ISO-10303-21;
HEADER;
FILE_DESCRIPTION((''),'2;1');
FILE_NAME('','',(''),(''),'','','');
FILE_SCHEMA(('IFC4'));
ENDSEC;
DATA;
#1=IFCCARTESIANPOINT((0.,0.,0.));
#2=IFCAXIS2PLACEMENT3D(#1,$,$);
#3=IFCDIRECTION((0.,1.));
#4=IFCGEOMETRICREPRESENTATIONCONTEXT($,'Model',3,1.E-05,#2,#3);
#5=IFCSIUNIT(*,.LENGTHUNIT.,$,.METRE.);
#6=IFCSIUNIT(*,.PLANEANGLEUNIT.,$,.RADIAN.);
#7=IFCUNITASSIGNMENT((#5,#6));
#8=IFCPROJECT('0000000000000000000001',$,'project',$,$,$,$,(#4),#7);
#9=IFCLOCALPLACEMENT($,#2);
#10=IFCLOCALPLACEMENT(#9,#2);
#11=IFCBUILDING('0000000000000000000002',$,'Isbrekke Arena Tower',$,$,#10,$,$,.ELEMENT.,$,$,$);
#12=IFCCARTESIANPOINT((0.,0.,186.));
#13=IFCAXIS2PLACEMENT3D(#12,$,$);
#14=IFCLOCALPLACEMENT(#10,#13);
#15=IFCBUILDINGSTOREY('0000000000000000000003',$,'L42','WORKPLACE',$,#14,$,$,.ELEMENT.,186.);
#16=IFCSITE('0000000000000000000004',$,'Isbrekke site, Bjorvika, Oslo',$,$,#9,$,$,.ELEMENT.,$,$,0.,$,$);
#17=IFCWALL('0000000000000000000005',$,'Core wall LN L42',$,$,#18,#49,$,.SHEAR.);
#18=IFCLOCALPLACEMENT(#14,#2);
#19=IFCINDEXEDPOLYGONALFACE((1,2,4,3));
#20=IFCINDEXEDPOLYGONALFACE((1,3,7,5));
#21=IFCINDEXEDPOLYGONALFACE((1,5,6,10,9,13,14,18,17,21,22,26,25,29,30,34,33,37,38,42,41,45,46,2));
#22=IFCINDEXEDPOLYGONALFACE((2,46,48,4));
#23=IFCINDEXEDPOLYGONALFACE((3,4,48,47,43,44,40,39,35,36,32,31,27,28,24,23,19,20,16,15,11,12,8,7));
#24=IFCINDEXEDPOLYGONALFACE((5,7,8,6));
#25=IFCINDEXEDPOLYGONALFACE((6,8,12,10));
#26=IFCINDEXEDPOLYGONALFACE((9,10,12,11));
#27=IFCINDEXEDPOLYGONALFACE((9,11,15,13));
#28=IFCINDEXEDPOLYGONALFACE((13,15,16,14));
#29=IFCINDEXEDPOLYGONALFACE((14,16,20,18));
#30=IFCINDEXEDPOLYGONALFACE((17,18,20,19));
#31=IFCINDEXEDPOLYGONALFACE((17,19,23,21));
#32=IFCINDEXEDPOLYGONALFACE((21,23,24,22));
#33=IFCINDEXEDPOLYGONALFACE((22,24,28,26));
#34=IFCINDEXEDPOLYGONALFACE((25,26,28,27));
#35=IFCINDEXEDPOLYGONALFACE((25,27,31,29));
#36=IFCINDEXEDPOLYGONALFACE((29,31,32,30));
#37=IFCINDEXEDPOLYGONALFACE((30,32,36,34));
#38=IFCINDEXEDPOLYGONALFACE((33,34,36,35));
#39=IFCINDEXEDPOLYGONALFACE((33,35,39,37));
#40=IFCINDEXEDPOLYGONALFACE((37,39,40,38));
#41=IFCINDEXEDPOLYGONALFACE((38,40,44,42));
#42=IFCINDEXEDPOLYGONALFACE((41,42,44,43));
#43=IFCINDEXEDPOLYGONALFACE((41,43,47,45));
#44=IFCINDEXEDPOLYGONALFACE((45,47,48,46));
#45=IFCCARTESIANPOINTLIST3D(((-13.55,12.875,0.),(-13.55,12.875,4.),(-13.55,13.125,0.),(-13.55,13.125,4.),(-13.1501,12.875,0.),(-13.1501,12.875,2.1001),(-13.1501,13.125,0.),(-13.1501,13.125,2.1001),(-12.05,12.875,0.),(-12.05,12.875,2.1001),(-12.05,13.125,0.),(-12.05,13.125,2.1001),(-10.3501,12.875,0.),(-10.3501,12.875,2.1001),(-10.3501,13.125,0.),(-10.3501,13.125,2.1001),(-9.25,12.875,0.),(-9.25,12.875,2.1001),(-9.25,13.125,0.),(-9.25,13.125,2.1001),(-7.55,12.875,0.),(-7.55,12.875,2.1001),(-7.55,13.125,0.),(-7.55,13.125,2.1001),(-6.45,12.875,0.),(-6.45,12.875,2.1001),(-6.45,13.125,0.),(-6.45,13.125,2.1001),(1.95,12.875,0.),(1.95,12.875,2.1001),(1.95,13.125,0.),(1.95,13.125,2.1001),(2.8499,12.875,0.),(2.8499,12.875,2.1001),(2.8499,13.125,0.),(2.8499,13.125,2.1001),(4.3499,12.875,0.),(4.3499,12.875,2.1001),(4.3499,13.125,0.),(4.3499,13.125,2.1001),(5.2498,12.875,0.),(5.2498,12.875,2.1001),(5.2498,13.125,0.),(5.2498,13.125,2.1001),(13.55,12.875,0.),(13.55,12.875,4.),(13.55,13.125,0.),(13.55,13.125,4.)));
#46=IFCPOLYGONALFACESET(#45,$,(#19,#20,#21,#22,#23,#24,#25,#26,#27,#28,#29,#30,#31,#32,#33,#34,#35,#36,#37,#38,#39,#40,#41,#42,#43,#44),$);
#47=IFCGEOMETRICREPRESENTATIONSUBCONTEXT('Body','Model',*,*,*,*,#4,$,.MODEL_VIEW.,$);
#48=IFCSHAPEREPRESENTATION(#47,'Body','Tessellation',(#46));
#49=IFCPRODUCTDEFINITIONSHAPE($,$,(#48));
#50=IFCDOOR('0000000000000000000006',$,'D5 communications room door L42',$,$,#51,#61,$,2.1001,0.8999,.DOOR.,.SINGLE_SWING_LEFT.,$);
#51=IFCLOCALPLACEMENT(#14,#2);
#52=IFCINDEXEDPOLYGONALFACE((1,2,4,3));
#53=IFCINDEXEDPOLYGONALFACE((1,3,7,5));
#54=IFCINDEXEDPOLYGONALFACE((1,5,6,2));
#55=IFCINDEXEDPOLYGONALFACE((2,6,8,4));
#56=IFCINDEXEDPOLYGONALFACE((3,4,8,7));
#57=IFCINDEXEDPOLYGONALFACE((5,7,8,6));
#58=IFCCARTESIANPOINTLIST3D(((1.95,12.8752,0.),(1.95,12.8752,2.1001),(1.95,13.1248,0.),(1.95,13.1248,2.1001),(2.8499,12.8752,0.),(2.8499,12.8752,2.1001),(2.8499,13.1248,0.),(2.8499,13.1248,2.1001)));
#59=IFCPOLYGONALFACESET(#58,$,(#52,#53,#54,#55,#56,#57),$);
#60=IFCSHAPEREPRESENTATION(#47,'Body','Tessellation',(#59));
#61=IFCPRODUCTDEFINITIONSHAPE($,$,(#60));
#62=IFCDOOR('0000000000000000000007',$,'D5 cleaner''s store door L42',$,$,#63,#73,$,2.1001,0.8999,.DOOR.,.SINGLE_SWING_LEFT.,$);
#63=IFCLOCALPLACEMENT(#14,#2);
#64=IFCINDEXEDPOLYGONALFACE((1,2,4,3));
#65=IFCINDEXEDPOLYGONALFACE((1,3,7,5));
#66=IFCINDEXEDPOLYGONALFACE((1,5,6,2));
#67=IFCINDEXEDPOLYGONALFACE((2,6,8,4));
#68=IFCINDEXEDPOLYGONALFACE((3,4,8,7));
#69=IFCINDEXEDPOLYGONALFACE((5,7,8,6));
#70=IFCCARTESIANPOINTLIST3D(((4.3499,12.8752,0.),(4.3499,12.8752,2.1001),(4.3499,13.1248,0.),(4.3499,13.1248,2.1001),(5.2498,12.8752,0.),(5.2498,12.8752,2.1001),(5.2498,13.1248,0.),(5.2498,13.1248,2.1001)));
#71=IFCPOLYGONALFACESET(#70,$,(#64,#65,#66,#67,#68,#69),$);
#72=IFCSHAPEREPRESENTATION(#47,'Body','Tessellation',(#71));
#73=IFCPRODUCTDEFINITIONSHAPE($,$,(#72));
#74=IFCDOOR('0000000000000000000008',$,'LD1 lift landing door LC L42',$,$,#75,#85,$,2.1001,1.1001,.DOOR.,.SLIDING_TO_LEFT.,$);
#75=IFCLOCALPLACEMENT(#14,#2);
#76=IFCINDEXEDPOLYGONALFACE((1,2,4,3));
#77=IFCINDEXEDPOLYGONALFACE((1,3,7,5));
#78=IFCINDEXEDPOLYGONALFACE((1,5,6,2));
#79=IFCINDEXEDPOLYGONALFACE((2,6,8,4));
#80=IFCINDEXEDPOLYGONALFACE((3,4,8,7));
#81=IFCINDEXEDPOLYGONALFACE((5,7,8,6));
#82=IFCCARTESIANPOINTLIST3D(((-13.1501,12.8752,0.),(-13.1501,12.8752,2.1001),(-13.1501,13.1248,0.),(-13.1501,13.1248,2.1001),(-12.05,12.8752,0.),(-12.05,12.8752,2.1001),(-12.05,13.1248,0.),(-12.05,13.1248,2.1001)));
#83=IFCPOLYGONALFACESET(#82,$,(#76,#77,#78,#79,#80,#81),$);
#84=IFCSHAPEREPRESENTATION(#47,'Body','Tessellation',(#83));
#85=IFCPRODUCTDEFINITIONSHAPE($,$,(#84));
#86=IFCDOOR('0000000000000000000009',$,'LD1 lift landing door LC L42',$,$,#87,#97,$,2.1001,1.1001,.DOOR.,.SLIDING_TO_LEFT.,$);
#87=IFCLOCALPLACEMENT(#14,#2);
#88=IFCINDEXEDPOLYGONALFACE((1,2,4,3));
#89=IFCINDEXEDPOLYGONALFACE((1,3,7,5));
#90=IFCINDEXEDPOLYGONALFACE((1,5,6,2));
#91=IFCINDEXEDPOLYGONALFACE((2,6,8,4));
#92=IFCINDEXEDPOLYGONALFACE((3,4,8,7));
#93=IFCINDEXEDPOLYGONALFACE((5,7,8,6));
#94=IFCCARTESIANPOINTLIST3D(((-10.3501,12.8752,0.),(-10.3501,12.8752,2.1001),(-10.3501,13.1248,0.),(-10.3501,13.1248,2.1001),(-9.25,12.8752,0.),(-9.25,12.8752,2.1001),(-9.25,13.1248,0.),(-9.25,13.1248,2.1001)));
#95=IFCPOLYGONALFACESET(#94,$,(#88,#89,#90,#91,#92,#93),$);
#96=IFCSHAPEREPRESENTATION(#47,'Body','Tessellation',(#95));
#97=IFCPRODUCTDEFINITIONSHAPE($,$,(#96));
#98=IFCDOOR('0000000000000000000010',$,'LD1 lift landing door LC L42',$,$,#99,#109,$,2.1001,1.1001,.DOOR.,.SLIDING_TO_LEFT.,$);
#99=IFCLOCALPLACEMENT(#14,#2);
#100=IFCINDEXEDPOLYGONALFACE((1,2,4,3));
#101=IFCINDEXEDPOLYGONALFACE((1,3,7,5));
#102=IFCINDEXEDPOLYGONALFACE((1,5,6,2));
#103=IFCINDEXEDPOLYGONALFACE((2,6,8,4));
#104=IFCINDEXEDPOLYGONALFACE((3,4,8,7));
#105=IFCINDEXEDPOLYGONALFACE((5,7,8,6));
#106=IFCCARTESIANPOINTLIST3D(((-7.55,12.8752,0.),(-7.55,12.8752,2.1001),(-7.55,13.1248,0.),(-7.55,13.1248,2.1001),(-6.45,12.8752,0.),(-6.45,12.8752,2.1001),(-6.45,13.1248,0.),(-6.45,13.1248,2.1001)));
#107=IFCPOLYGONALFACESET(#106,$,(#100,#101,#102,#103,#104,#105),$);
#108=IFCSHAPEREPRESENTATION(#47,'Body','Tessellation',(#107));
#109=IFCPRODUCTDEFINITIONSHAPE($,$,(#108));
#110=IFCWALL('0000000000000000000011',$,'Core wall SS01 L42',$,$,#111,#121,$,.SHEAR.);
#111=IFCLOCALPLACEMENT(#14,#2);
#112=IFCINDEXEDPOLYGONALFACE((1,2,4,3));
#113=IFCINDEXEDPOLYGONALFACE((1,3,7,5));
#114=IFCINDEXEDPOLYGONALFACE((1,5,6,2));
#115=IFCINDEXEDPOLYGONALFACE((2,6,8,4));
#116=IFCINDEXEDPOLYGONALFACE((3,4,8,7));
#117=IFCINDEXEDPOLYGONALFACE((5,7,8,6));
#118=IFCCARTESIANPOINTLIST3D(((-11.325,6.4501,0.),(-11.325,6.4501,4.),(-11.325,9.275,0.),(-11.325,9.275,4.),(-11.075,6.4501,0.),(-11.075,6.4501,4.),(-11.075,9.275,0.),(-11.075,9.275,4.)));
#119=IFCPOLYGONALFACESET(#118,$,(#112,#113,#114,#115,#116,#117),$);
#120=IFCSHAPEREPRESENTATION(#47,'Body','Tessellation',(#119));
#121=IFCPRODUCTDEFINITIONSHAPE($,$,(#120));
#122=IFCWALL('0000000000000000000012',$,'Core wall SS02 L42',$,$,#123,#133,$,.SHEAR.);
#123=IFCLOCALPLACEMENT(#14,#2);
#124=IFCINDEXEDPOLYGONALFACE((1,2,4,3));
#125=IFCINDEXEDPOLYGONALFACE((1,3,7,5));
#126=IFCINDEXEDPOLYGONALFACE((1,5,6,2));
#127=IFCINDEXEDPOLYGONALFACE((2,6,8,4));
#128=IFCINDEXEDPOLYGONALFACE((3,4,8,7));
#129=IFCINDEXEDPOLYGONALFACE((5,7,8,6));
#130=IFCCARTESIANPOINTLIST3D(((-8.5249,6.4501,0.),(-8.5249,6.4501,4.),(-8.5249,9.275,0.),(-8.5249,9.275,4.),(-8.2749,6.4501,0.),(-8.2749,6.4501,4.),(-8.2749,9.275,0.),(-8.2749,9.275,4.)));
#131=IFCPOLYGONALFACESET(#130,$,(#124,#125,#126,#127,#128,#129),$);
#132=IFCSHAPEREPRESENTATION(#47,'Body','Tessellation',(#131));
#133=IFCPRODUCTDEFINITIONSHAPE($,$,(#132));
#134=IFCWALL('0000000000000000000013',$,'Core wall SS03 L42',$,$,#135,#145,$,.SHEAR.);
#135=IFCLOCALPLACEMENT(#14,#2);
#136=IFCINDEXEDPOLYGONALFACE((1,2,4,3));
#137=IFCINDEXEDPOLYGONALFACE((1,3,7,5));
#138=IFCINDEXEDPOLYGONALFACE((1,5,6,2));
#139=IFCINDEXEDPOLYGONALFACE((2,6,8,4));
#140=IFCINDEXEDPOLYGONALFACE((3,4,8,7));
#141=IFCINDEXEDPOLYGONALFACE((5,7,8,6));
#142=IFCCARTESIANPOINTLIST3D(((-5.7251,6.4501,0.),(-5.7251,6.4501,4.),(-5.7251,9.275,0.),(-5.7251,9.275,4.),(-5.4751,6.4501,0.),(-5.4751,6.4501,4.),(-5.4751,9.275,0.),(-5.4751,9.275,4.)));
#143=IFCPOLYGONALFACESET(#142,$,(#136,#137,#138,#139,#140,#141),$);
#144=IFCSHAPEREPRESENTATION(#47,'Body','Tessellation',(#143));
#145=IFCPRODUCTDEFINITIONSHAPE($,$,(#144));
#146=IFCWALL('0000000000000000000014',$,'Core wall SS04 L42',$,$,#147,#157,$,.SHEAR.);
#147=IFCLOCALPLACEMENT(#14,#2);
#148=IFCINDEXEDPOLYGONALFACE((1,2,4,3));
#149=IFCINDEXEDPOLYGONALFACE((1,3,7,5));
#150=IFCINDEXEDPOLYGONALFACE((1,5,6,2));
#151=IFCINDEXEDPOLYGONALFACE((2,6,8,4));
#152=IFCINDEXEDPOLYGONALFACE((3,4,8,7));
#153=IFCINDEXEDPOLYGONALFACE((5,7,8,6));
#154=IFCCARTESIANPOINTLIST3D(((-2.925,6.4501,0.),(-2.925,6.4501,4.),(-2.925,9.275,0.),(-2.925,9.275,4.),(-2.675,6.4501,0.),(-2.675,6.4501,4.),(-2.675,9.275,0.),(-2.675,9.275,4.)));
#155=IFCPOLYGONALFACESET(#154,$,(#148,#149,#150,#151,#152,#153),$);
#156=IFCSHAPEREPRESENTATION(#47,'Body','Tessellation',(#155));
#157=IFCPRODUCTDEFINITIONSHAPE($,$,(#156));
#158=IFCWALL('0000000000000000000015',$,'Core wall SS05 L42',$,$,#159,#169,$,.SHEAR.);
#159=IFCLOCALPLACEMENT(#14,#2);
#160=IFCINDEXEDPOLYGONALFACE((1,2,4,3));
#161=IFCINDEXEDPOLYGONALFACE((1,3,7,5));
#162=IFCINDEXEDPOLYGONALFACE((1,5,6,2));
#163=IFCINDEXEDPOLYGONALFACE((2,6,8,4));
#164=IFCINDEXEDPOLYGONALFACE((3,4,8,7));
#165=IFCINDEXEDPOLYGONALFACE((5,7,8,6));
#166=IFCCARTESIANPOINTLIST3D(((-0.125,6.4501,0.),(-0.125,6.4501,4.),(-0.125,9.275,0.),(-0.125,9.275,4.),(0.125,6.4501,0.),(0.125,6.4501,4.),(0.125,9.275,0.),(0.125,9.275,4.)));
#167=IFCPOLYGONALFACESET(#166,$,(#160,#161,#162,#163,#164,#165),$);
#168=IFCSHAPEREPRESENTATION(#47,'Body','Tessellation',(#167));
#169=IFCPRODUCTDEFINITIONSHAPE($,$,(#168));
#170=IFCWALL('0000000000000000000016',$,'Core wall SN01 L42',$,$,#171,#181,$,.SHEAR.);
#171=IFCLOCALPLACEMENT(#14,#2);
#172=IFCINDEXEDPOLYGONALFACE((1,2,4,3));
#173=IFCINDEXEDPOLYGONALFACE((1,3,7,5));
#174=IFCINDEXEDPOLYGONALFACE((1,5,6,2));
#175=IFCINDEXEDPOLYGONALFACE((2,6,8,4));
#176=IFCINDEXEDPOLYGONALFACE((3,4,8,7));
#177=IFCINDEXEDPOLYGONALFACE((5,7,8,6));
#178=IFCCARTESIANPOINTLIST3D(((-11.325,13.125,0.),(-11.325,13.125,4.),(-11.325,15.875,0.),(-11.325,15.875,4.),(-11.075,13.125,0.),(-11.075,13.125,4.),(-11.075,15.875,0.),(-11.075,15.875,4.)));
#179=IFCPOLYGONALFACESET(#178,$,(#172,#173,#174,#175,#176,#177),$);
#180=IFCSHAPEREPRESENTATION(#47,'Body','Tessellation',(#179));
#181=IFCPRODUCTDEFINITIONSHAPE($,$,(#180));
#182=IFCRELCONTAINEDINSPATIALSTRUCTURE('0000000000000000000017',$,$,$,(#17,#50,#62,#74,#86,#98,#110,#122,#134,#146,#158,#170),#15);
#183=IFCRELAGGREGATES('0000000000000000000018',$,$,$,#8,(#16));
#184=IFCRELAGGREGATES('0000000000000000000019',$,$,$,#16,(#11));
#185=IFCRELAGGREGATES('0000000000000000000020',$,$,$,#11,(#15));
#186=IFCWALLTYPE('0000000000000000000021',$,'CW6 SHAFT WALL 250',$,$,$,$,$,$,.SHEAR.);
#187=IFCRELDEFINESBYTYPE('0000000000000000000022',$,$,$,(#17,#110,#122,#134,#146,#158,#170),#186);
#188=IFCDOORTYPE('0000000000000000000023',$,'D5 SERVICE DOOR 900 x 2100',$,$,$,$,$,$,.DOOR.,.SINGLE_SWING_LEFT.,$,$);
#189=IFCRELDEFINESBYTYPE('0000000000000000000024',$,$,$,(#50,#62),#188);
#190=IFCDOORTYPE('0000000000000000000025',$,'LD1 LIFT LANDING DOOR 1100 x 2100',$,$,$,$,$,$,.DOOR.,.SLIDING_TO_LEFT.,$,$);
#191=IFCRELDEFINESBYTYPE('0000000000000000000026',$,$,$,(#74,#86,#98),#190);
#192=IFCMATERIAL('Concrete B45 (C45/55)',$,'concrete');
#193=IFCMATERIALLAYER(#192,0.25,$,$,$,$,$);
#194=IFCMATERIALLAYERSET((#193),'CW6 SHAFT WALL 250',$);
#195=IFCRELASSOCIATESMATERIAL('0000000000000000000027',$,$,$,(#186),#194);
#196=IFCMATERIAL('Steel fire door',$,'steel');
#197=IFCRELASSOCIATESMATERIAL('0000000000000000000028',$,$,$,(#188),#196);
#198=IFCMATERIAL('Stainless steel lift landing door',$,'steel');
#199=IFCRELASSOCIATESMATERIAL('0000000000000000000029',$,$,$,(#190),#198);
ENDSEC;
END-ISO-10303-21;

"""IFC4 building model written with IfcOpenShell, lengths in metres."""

from ifc_helpers import new_model, si_unit, direction, frame, frame_2d, origin, place, context, subcontext, project, spatial, rectangle, extrude, material, layer, layer_set, type_object, element, fill, save


model = new_model("IFC4")

# Units and contexts
model_context = context("Model", 3, precision=1e-05, world=origin(), true_north=direction((0.0, 1.0)))
body_context = subcontext(model_context, "Body", "Model", "MODEL_VIEW")
ifc_project = project(units=[si_unit("LENGTHUNIT", "METRE"), si_unit("PLANEANGLEUNIT", "RADIAN")], contexts=[model_context])

# Site, building, storey
site_placement = place(None, origin())
site = spatial("IfcSite", under=ifc_project, at=site_placement, Name="Isbrekke site, Bjorvika, Oslo", CompositionType="ELEMENT", RefElevation=0.0)
building_placement = place(site_placement, origin())
building = spatial("IfcBuilding", under=site, at=building_placement, Name="Isbrekke Arena Tower", CompositionType="ELEMENT")
storey_placement = place(building_placement, frame((0.0, 0.0, 186.0)))
storey = spatial("IfcBuildingStorey", under=building, at=storey_placement, Name="L42", Description="WORKPLACE", CompositionType="ELEMENT", Elevation=186.0)

# Wall, openings, doors
ifc_material_1 = material(Name="Concrete B45 (C45/55)", Category="concrete")
ifc_layer_1 = layer(ifc_material_1, 0.25)
ifc_layer_set_1 = layer_set([ifc_layer_1], Name="CW6 SHAFT WALL 250")
wall_type_1 = type_object("IfcWallType", Name="CW6 SHAFT WALL 250", PredefinedType="SHEAR", material=ifc_layer_set_1)
ifc_material_2 = material(Name="Steel fire door", Category="steel")
door_type_1 = type_object("IfcDoorType", Name="D5 SERVICE DOOR 900 x 2100", OperationType="SINGLE_SWING_LEFT", PredefinedType="DOOR", material=ifc_material_2)
ifc_material_3 = material(Name="Stainless steel lift landing door", Category="steel")
door_type_2 = type_object("IfcDoorType", Name="LD1 LIFT LANDING DOOR 1100 x 2100", OperationType="SLIDING_TO_LEFT", PredefinedType="DOOR", material=ifc_material_3)
wall_1_placement = place(storey_placement, frame((-13.55, 13.0, 0.0), z_axis=(0.0, 0.0, 1.0), x_axis=(1.0, 0.0, 0.0)))
wall_1 = element("IfcWall", 1, at=wall_1_placement, inside=storey, type_object=wall_type_1, Name="Core wall LN L42", PredefinedType="SHEAR", context=body_context, shape_type="SweptSolid", body=[
    extrude(rectangle(XDim=27.1001, YDim=0.25, at=frame_2d((13.55, 0.0))), origin(), (0.0, 0.0, 1.0), 4.0),
])
opening_1_placement = place(wall_1_placement, frame((0.3999, 0.0, 0.0)))
opening_1 = element("IfcOpeningElement", 2, at=opening_1_placement, cuts=wall_1, PredefinedType="OPENING", context=body_context, shape_type="SweptSolid", body=[
    extrude(rectangle(XDim=1.1001, YDim=2.1001, at=frame_2d((0.55, 1.05))), frame((0.0, 0.1399, 0.0), z_axis=(0.0, -1.0, 0.0), x_axis=(1.0, 0.0, 0.0)), (0.0, 0.0, 1.0), 0.2798),
])
opening_2_placement = place(wall_1_placement, frame((3.2, 0.0, 0.0)))
opening_2 = element("IfcOpeningElement", 3, at=opening_2_placement, cuts=wall_1, PredefinedType="OPENING", context=body_context, shape_type="SweptSolid", body=[
    extrude(rectangle(XDim=1.1001, YDim=2.1001, at=frame_2d((0.55, 1.05))), frame((0.0, 0.1399, 0.0), z_axis=(0.0, -1.0, 0.0), x_axis=(1.0, 0.0, 0.0)), (0.0, 0.0, 1.0), 0.2798),
])
opening_3_placement = place(wall_1_placement, frame((6.0, 0.0, 0.0)))
opening_3 = element("IfcOpeningElement", 4, at=opening_3_placement, cuts=wall_1, PredefinedType="OPENING", context=body_context, shape_type="SweptSolid", body=[
    extrude(rectangle(XDim=1.1001, YDim=2.1001, at=frame_2d((0.55, 1.05))), frame((0.0, 0.1399, 0.0), z_axis=(0.0, -1.0, 0.0), x_axis=(1.0, 0.0, 0.0)), (0.0, 0.0, 1.0), 0.2798),
])
opening_4_placement = place(wall_1_placement, frame((15.5, 0.0, 0.0)))
opening_4 = element("IfcOpeningElement", 5, at=opening_4_placement, cuts=wall_1, PredefinedType="OPENING", context=body_context, shape_type="SweptSolid", body=[
    extrude(rectangle(XDim=0.8999, YDim=2.1001, at=frame_2d((0.45, 1.05))), frame((0.0, 0.1399, 0.0), z_axis=(0.0, -1.0, 0.0), x_axis=(1.0, 0.0, 0.0)), (0.0, 0.0, 1.0), 0.2798),
])
opening_5_placement = place(wall_1_placement, frame((17.8999, 0.0, 0.0)))
opening_5 = element("IfcOpeningElement", 6, at=opening_5_placement, cuts=wall_1, PredefinedType="OPENING", context=body_context, shape_type="SweptSolid", body=[
    extrude(rectangle(XDim=0.8999, YDim=2.1001, at=frame_2d((0.45, 1.05))), frame((0.0, 0.1399, 0.0), z_axis=(0.0, -1.0, 0.0), x_axis=(1.0, 0.0, 0.0)), (0.0, 0.0, 1.0), 0.2798),
])
door_1_placement = place(opening_4_placement, origin())
door_1 = element("IfcDoor", 7, at=door_1_placement, inside=storey, type_object=door_type_1, Name="D5 communications room door L42", OperationType="SINGLE_SWING_LEFT", OverallHeight=2.1001, OverallWidth=0.8999, PredefinedType="DOOR", context=body_context, shape_type="SweptSolid", body=[
    extrude(rectangle(XDim=0.8999, YDim=2.1001, at=frame_2d((0.45, 1.05))), frame((0.0, 0.1248, 0.0), z_axis=(0.0, -1.0, 0.0), x_axis=(1.0, 0.0, 0.0)), (0.0, 0.0, 1.0), 0.2495),
])
fill(opening_4, door_1)
door_2_placement = place(opening_5_placement, origin())
door_2 = element("IfcDoor", 8, at=door_2_placement, inside=storey, type_object=door_type_1, Name="D5 cleaner's store door L42", OperationType="SINGLE_SWING_LEFT", OverallHeight=2.1001, OverallWidth=0.8999, PredefinedType="DOOR", context=body_context, shape_type="SweptSolid", body=[
    extrude(rectangle(XDim=0.8999, YDim=2.1001, at=frame_2d((0.45, 1.05))), frame((0.0, 0.1248, 0.0), z_axis=(0.0, -1.0, 0.0), x_axis=(1.0, 0.0, 0.0)), (0.0, 0.0, 1.0), 0.2495),
])
fill(opening_5, door_2)
door_3_placement = place(opening_1_placement, origin())
door_3 = element("IfcDoor", 9, at=door_3_placement, inside=storey, type_object=door_type_2, Name="LD1 lift landing door LC L42", OperationType="SLIDING_TO_LEFT", OverallHeight=2.1001, OverallWidth=1.1001, PredefinedType="DOOR", context=body_context, shape_type="SweptSolid", body=[
    extrude(rectangle(XDim=1.1001, YDim=2.1001, at=frame_2d((0.55, 1.05))), frame((0.0, 0.1248, 0.0), z_axis=(0.0, -1.0, 0.0), x_axis=(1.0, 0.0, 0.0)), (0.0, 0.0, 1.0), 0.2495),
])
fill(opening_1, door_3)
door_4_placement = place(opening_2_placement, origin())
door_4 = element("IfcDoor", 10, at=door_4_placement, inside=storey, type_object=door_type_2, Name="LD1 lift landing door LC L42", OperationType="SLIDING_TO_LEFT", OverallHeight=2.1001, OverallWidth=1.1001, PredefinedType="DOOR", context=body_context, shape_type="SweptSolid", body=[
    extrude(rectangle(XDim=1.1001, YDim=2.1001, at=frame_2d((0.55, 1.05))), frame((0.0, 0.1248, 0.0), z_axis=(0.0, -1.0, 0.0), x_axis=(1.0, 0.0, 0.0)), (0.0, 0.0, 1.0), 0.2495),
])
fill(opening_2, door_4)
door_5_placement = place(opening_3_placement, origin())
door_5 = element("IfcDoor", 11, at=door_5_placement, inside=storey, type_object=door_type_2, Name="LD1 lift landing door LC L42", OperationType="SLIDING_TO_LEFT", OverallHeight=2.1001, OverallWidth=1.1001, PredefinedType="DOOR", context=body_context, shape_type="SweptSolid", body=[
    extrude(rectangle(XDim=1.1001, YDim=2.1001, at=frame_2d((0.55, 1.05))), frame((0.0, 0.1248, 0.0), z_axis=(0.0, -1.0, 0.0), x_axis=(1.0, 0.0, 0.0)), (0.0, 0.0, 1.0), 0.2495),
])
fill(opening_3, door_5)

# Walls
for number, where, z_axis, x_axis, name in (
    (12, (-11.2, 6.45, 0.0), (0.0, 0.0, 1.0), (0.0, 1.0, 0.0), "Core wall SS01 L42"),
    (13, (-8.3999, 6.45, 0.0), (0.0, 0.0, 1.0), (0.0, 1.0, 0.0), "Core wall SS02 L42"),
    (14, (-5.6001, 6.45, 0.0), (0.0, 0.0, 1.0), (0.0, 1.0, 0.0), "Core wall SS03 L42"),
    (15, (-2.8, 6.45, 0.0), (0.0, 0.0, 1.0), (0.0, 1.0, 0.0), "Core wall SS04 L42"),
    (16, (0.0, 6.45, 0.0), (0.0, 0.0, 1.0), (0.0, 1.0, 0.0), "Core wall SS05 L42"),
):
    element("IfcWall", number, at=place(storey_placement, frame(where, z_axis=z_axis, x_axis=x_axis)), inside=storey, type_object=wall_type_1, Name=name, PredefinedType="SHEAR", context=body_context, shape_type="SweptSolid", body=[
        extrude(rectangle(XDim=2.825, YDim=0.25, at=frame_2d((1.4126, 0.0))), origin(), (0.0, 0.0, 1.0), 4.0),
    ])
for number, where, z_axis, x_axis, name in (
    (17, (-11.2, 13.125, 0.0), (0.0, 0.0, 1.0), (0.0, 1.0, 0.0), "Core wall SN01 L42"),
):
    element("IfcWall", number, at=place(storey_placement, frame(where, z_axis=z_axis, x_axis=x_axis)), inside=storey, type_object=wall_type_1, Name=name, PredefinedType="SHEAR", context=body_context, shape_type="SweptSolid", body=[
        extrude(rectangle(XDim=2.75, YDim=0.25, at=frame_2d((1.375, 0.0))), origin(), (0.0, 0.0, 1.0), 4.0),
    ])

save(model, "model.ifc")
